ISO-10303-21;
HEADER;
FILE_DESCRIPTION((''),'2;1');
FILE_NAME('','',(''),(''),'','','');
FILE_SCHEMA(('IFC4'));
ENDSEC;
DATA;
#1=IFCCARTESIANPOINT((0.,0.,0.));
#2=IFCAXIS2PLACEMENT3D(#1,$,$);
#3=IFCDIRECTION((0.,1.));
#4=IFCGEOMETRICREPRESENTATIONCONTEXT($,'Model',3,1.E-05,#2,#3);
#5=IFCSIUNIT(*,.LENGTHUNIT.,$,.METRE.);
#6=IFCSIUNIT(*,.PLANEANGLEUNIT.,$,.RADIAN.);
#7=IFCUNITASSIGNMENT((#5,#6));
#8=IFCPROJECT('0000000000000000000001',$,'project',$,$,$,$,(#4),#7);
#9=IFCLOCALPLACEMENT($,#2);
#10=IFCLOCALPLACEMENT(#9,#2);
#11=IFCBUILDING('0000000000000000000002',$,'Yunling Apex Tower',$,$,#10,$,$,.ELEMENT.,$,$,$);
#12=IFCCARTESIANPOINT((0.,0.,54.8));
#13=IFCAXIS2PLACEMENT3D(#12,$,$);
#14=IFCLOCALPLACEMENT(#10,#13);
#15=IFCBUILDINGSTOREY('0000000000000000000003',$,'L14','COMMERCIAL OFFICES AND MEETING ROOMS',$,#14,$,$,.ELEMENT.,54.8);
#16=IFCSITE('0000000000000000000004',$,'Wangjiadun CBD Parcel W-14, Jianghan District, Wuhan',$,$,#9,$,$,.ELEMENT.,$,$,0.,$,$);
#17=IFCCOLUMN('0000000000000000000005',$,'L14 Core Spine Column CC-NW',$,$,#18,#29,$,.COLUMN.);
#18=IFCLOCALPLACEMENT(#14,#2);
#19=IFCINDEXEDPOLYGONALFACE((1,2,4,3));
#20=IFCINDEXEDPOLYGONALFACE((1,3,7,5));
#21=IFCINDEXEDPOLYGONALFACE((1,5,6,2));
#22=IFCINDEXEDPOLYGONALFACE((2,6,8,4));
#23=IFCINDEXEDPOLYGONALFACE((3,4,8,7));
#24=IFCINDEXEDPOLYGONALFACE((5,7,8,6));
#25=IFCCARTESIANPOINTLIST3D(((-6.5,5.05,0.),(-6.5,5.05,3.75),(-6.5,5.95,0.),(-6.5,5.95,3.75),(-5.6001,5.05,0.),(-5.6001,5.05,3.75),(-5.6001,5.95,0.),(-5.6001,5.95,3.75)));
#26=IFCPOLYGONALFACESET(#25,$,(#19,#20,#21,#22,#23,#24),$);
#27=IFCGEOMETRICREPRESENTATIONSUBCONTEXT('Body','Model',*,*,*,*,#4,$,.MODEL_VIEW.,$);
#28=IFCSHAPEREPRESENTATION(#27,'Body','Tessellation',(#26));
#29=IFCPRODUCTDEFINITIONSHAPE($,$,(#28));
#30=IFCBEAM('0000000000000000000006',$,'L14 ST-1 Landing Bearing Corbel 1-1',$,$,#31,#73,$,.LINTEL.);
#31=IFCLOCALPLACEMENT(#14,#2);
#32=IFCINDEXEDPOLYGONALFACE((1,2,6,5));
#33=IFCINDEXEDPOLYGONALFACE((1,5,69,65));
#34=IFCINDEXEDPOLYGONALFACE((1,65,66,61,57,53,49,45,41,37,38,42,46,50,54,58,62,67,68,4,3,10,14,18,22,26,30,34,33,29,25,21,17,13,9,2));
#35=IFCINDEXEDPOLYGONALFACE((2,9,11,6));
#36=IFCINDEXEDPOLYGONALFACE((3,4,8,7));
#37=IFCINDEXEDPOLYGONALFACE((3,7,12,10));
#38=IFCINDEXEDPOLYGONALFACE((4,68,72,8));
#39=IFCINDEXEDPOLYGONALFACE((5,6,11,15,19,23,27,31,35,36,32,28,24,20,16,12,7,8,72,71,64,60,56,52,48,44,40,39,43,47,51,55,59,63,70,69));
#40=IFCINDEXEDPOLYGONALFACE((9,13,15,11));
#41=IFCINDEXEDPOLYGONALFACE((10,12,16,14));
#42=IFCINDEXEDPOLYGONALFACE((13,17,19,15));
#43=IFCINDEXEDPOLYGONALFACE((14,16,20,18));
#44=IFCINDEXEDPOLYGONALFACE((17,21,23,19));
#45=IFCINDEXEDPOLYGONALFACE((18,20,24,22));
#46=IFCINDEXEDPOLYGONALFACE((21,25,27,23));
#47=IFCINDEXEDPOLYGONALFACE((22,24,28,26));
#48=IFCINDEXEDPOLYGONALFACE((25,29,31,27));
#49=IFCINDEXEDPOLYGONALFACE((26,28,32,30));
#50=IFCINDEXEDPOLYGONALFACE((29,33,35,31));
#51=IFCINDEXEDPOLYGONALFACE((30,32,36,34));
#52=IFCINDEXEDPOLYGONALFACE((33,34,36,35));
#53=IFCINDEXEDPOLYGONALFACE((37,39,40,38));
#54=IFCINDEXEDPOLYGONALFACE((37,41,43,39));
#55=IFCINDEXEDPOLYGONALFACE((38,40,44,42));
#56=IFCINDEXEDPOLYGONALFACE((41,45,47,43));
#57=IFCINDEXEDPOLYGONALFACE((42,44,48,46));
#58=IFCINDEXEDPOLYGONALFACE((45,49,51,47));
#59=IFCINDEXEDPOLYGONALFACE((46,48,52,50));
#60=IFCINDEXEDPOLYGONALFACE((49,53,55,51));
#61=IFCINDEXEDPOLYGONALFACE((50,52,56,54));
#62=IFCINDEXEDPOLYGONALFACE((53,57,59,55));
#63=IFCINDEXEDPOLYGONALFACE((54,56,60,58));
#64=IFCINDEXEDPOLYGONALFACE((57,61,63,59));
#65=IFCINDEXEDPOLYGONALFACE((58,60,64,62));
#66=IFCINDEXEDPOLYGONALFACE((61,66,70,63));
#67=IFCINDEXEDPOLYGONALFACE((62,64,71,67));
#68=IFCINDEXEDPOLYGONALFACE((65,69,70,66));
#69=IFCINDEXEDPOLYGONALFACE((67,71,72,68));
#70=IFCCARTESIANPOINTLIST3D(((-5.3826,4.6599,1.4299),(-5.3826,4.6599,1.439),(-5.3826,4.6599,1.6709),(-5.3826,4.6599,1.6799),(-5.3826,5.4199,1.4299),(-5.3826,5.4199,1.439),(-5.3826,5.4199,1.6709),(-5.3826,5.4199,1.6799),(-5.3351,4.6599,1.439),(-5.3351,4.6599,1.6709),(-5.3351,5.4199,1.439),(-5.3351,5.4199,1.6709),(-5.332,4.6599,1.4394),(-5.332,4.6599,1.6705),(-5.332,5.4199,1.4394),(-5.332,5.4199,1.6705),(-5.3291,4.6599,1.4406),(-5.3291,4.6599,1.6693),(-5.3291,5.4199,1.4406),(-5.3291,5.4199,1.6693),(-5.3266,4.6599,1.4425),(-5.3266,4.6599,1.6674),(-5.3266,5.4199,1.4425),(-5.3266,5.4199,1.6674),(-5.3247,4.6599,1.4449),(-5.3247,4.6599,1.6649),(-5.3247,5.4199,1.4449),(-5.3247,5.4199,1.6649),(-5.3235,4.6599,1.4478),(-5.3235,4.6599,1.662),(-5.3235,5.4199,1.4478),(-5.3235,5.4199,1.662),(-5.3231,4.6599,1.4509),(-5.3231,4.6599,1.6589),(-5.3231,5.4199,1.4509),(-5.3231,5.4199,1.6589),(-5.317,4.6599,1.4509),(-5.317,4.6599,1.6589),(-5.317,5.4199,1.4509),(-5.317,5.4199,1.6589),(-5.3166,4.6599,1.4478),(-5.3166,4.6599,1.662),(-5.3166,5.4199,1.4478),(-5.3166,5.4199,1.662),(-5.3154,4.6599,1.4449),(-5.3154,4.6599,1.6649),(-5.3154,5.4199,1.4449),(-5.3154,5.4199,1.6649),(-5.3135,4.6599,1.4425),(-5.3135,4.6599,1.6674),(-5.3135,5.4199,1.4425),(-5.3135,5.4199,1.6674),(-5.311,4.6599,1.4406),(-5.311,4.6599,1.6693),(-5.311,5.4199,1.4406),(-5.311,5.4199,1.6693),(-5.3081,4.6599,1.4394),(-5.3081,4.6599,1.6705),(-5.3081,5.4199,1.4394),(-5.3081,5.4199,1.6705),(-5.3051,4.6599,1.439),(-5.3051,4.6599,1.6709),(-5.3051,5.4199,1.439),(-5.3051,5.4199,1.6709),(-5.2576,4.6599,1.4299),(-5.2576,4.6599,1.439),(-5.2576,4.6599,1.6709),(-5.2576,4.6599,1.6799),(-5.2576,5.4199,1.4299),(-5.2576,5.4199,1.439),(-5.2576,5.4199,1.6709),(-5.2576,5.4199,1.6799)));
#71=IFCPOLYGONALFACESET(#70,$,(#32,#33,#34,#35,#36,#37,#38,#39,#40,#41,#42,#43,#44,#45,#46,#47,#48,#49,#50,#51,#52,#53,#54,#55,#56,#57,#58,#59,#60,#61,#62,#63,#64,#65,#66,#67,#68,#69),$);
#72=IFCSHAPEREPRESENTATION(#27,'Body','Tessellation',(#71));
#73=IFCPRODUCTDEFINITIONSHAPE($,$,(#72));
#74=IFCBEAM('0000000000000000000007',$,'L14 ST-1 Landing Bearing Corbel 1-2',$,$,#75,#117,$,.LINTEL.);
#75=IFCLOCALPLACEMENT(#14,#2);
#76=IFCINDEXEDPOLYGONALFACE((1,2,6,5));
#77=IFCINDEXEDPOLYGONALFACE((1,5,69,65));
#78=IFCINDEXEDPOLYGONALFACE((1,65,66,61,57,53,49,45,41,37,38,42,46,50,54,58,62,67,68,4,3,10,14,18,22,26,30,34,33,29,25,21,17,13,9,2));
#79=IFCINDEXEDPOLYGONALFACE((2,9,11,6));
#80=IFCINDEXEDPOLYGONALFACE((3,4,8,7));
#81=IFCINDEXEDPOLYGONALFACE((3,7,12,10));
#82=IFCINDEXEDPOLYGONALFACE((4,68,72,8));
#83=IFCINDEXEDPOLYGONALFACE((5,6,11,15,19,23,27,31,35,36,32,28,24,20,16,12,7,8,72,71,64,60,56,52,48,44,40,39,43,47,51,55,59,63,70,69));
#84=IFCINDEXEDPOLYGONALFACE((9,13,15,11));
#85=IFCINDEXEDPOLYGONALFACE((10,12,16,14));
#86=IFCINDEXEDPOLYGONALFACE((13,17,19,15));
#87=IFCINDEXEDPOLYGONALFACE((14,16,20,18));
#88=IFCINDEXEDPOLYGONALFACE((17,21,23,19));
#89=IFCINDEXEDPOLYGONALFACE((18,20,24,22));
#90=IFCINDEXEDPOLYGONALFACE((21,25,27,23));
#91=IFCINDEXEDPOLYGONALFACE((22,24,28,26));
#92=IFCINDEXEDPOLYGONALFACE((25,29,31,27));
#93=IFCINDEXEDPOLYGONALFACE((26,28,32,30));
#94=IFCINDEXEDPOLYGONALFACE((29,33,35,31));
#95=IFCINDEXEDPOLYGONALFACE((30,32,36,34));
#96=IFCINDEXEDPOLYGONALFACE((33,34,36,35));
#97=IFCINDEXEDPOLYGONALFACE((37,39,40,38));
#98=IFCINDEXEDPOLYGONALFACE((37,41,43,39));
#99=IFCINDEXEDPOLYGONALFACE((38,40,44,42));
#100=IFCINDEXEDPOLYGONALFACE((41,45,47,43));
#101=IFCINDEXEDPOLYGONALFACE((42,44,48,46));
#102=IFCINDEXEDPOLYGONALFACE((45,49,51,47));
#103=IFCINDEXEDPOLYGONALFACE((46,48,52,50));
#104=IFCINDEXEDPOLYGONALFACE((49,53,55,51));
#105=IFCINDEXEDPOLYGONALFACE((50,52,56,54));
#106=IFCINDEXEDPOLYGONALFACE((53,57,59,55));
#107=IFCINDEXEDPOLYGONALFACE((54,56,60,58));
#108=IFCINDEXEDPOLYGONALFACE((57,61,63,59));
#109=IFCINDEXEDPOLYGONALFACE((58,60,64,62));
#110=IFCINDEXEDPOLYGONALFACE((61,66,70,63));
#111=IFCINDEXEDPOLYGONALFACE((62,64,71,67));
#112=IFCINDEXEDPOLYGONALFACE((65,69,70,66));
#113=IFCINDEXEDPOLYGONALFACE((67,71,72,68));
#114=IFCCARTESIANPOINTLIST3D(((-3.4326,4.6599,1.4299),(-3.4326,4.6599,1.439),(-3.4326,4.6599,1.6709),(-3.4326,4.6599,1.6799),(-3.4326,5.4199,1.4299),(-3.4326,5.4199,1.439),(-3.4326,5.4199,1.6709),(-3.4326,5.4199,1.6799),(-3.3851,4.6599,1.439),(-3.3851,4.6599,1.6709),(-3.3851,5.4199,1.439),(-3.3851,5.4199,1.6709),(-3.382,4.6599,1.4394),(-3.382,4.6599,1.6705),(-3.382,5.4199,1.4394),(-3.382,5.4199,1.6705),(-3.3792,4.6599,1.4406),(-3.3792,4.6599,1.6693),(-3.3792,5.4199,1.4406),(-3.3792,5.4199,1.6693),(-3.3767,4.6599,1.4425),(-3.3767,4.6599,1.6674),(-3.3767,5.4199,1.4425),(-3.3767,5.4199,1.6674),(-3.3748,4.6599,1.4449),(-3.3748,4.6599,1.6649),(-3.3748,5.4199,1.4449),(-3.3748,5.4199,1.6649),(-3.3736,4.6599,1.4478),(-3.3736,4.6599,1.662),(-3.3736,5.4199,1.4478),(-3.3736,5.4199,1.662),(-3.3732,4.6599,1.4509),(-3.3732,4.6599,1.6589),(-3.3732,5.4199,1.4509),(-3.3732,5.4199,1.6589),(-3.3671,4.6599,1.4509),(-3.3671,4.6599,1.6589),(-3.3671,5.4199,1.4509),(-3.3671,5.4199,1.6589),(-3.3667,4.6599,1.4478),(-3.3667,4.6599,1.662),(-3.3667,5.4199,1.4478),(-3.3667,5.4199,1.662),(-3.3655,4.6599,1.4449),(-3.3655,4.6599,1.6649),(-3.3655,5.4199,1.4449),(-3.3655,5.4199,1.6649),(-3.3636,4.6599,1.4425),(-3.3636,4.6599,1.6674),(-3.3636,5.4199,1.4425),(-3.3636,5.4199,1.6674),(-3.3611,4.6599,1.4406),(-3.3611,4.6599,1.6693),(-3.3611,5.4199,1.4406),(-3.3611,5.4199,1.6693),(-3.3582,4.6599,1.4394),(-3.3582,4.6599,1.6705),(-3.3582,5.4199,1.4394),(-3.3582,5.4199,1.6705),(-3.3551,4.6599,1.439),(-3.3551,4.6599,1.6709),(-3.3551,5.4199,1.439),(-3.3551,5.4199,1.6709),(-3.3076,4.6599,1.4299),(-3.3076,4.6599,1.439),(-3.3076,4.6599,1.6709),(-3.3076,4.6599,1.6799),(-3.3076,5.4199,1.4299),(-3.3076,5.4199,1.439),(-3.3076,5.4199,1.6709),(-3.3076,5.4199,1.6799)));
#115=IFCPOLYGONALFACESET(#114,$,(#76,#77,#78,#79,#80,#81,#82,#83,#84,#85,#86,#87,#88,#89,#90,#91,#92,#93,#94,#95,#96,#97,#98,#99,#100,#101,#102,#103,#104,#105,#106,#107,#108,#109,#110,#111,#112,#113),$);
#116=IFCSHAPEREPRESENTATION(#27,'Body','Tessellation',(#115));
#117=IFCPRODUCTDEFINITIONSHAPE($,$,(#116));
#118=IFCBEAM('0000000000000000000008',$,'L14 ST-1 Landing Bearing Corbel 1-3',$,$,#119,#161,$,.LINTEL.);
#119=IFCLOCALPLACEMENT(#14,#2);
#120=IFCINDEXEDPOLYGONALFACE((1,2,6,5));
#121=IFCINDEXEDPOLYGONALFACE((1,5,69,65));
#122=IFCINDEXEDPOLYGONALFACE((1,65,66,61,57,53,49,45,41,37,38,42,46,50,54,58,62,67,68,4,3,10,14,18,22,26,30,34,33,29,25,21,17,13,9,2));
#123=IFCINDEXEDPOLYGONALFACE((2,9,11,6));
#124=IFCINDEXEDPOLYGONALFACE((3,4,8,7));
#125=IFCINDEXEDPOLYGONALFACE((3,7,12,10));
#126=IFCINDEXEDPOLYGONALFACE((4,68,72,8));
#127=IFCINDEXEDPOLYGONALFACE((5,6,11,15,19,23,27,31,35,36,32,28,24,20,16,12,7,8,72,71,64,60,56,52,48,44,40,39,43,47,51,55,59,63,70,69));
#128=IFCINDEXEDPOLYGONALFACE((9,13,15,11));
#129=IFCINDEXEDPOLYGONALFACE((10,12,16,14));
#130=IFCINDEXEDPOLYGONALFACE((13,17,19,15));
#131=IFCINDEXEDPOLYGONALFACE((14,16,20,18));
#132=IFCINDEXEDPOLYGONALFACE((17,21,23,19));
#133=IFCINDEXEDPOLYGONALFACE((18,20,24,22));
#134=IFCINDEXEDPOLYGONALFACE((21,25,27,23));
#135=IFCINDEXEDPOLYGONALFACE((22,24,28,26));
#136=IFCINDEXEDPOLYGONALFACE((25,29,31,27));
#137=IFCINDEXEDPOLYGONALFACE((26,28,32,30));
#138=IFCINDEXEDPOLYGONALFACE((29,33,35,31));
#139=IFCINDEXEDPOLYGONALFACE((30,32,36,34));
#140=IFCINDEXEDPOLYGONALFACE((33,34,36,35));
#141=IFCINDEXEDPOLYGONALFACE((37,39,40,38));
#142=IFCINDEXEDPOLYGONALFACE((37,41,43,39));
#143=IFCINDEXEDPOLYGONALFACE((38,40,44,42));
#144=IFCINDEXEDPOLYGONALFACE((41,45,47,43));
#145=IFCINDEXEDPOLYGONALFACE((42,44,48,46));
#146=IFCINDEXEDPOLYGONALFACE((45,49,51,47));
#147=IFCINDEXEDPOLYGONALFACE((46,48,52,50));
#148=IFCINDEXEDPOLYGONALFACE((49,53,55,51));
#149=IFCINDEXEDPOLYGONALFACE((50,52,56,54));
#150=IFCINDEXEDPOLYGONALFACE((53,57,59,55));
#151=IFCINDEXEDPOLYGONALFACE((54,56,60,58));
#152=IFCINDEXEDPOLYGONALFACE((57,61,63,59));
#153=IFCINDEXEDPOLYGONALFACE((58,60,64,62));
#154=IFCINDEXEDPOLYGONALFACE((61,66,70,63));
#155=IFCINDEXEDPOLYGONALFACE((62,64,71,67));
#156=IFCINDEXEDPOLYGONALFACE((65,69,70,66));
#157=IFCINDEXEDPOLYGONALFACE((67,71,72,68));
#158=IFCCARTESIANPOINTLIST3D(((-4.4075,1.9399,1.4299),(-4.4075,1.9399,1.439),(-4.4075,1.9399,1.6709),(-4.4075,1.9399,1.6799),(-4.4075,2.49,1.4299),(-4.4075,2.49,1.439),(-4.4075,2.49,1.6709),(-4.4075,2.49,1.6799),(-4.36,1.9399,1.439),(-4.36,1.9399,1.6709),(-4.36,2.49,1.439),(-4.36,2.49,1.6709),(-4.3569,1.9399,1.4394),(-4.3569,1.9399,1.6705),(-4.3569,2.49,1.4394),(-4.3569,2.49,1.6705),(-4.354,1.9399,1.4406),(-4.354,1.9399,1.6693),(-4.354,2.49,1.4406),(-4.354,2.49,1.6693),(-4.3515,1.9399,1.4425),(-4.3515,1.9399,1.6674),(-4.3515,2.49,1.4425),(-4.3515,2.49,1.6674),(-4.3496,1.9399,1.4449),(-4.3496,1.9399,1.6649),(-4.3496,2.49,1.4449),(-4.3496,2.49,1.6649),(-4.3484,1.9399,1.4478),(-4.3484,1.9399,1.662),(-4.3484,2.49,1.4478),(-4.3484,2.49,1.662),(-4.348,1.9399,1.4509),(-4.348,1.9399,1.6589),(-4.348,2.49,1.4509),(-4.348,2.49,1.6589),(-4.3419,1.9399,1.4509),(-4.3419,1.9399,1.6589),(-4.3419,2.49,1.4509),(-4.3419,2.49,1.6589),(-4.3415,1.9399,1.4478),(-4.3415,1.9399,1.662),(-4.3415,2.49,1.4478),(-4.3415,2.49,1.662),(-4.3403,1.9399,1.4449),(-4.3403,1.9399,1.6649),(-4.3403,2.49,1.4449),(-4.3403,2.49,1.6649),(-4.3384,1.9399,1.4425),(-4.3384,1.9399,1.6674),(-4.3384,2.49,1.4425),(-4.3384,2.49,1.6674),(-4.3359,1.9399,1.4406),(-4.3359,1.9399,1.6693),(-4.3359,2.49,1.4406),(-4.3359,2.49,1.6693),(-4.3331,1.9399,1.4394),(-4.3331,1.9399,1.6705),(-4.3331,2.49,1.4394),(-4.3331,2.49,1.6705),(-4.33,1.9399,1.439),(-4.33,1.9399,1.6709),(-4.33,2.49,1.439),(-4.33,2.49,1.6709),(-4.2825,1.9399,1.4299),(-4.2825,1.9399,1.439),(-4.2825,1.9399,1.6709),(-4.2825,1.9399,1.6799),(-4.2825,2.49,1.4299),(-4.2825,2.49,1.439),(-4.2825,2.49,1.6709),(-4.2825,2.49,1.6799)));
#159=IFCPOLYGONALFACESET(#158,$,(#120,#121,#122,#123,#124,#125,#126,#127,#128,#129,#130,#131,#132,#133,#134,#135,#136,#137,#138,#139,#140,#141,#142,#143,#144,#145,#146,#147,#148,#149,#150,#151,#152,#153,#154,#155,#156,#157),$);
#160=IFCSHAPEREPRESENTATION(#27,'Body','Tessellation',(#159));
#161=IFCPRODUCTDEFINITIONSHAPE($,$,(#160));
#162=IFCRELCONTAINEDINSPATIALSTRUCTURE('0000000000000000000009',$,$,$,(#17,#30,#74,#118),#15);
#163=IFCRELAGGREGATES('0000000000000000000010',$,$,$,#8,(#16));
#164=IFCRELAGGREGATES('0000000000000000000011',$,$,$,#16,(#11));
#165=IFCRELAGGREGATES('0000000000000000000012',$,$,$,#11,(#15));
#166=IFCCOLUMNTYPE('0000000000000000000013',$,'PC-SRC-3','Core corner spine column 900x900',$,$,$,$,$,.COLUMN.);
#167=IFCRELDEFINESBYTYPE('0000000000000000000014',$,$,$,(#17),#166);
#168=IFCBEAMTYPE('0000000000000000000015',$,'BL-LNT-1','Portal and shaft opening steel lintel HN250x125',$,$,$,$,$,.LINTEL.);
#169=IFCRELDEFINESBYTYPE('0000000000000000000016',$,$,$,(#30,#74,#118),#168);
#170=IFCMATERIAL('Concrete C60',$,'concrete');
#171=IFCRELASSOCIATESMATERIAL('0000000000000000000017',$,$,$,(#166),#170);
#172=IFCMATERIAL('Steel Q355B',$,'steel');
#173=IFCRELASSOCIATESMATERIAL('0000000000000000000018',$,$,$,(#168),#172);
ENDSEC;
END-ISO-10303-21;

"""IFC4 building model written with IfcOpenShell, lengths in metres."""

from ifc_helpers import new_model, si_unit, direction, frame, origin, origin_2d, place, context, subcontext, project, spatial, rectangle, i_section, extrude, source, transform, mapped, material, material_profile, profile_set, type_object, element, save


model = new_model("IFC4")

# Units and contexts
model_context = context("Model", 3, precision=1e-05, world=origin(), true_north=direction((0.0, 1.0)))
body_context = subcontext(model_context, "Body", "Model", "MODEL_VIEW")
ifc_project = project(units=[si_unit("LENGTHUNIT", "METRE"), si_unit("PLANEANGLEUNIT", "RADIAN")], contexts=[model_context])

# Site, building, storey
site_placement = place(None, origin())
site = spatial("IfcSite", under=ifc_project, at=site_placement, Name="Wangjiadun CBD Parcel W-14, Jianghan District, Wuhan", CompositionType="ELEMENT", RefElevation=0.0)
building_placement = place(site_placement, origin())
building = spatial("IfcBuilding", under=site, at=building_placement, Name="Yunling Apex Tower", CompositionType="ELEMENT")
storey_placement = place(building_placement, frame((0.0, 0.0, 54.8)))
storey = spatial("IfcBuildingStorey", under=building, at=storey_placement, Name="L14", Description="COMMERCIAL OFFICES AND MEETING ROOMS", CompositionType="ELEMENT", Elevation=54.8)

# Column
ifc_material_1 = material(Name="Concrete C60", Category="concrete")
ifc_material_profile_1 = material_profile(ifc_material_1, rectangle(XDim=0.8999, YDim=0.8999, at=origin_2d()))
ifc_profile_set_1 = profile_set([ifc_material_profile_1], Name="Concrete C60")
column_type = type_object("IfcColumnType", Name="PC-SRC-3", Description="Core corner spine column 900x900", PredefinedType="COLUMN", material=ifc_profile_set_1)
shared_shape_1 = source(origin(), body_context, "Body", "SweptSolid", [
    extrude(rectangle(XDim=0.8999, YDim=0.8999, at=origin_2d()), origin(), (0.0, 0.0, 1.0), 3.75),
])
column_placement = place(storey_placement, frame((-6.05, 5.5, 0.0), z_axis=(0.0, 0.0, 1.0), x_axis=(1.0, 0.0, 0.0)))
element("IfcColumn", 1, at=column_placement, inside=storey, type_object=column_type, Name="L14 Core Spine Column CC-NW", PredefinedType="COLUMN", context=body_context, shape_type="MappedRepresentation", body=[
    mapped(shared_shape_1, transform((0.0, 0.0, 0.0), scale=1.0)),
])

# Beams
ifc_material_2 = material(Name="Steel Q355B", Category="steel")
ifc_material_profile_2 = material_profile(ifc_material_2, i_section(OverallWidth=0.125, OverallDepth=0.25, WebThickness=0.0061, FlangeThickness=0.009, FilletRadius=0.012, at=origin_2d()))
ifc_profile_set_2 = profile_set([ifc_material_profile_2], Name="Steel Q355B")
beam_type_1 = type_object("IfcBeamType", Name="BL-LNT-1", Description="Portal and shaft opening steel lintel HN250x125", PredefinedType="LINTEL", material=ifc_profile_set_2)
shared_shape_2 = source(origin(), body_context, "Body", "SweptSolid", [
    extrude(i_section(OverallWidth=0.125, OverallDepth=0.25, WebThickness=0.0061, FlangeThickness=0.009, FilletRadius=0.012, at=origin_2d()), origin(), (0.0, 0.0, 1.0), 0.76),
])
for number, where, z_axis, x_axis, name in (
    (2, (-5.3201, 5.4199, 1.5549), (0.0, -1.0, 0.0), (1.0, 0.0, 0.0), "L14 ST-1 Landing Bearing Corbel 1-1"),
    (3, (-3.3701, 5.4199, 1.5549), (0.0, -1.0, 0.0), (1.0, 0.0, 0.0), "L14 ST-1 Landing Bearing Corbel 1-2"),
):
    element("IfcBeam", number, at=place(storey_placement, frame(where, z_axis=z_axis, x_axis=x_axis)), inside=storey, type_object=beam_type_1, Name=name, PredefinedType="LINTEL", context=body_context, shape_type="MappedRepresentation", body=[
        mapped(shared_shape_2, transform((0.0, 0.0, 0.0), scale=1.0)),
    ])
shared_shape_3 = source(origin(), body_context, "Body", "SweptSolid", [
    extrude(i_section(OverallWidth=0.125, OverallDepth=0.25, WebThickness=0.0061, FlangeThickness=0.009, FilletRadius=0.012, at=origin_2d()), origin(), (0.0, 0.0, 1.0), 0.55),
])
beam_1_placement = place(storey_placement, frame((-4.345, 1.9399, 1.5549), z_axis=(0.0, 1.0, 0.0), x_axis=(-1.0, 0.0, 0.0)))
element("IfcBeam", 4, at=beam_1_placement, inside=storey, type_object=beam_type_1, Name="L14 ST-1 Landing Bearing Corbel 1-3", PredefinedType="LINTEL", context=body_context, shape_type="MappedRepresentation", body=[
    mapped(shared_shape_3, transform((0.0, 0.0, 0.0), scale=1.0)),
])

save(model, "model.ifc")
